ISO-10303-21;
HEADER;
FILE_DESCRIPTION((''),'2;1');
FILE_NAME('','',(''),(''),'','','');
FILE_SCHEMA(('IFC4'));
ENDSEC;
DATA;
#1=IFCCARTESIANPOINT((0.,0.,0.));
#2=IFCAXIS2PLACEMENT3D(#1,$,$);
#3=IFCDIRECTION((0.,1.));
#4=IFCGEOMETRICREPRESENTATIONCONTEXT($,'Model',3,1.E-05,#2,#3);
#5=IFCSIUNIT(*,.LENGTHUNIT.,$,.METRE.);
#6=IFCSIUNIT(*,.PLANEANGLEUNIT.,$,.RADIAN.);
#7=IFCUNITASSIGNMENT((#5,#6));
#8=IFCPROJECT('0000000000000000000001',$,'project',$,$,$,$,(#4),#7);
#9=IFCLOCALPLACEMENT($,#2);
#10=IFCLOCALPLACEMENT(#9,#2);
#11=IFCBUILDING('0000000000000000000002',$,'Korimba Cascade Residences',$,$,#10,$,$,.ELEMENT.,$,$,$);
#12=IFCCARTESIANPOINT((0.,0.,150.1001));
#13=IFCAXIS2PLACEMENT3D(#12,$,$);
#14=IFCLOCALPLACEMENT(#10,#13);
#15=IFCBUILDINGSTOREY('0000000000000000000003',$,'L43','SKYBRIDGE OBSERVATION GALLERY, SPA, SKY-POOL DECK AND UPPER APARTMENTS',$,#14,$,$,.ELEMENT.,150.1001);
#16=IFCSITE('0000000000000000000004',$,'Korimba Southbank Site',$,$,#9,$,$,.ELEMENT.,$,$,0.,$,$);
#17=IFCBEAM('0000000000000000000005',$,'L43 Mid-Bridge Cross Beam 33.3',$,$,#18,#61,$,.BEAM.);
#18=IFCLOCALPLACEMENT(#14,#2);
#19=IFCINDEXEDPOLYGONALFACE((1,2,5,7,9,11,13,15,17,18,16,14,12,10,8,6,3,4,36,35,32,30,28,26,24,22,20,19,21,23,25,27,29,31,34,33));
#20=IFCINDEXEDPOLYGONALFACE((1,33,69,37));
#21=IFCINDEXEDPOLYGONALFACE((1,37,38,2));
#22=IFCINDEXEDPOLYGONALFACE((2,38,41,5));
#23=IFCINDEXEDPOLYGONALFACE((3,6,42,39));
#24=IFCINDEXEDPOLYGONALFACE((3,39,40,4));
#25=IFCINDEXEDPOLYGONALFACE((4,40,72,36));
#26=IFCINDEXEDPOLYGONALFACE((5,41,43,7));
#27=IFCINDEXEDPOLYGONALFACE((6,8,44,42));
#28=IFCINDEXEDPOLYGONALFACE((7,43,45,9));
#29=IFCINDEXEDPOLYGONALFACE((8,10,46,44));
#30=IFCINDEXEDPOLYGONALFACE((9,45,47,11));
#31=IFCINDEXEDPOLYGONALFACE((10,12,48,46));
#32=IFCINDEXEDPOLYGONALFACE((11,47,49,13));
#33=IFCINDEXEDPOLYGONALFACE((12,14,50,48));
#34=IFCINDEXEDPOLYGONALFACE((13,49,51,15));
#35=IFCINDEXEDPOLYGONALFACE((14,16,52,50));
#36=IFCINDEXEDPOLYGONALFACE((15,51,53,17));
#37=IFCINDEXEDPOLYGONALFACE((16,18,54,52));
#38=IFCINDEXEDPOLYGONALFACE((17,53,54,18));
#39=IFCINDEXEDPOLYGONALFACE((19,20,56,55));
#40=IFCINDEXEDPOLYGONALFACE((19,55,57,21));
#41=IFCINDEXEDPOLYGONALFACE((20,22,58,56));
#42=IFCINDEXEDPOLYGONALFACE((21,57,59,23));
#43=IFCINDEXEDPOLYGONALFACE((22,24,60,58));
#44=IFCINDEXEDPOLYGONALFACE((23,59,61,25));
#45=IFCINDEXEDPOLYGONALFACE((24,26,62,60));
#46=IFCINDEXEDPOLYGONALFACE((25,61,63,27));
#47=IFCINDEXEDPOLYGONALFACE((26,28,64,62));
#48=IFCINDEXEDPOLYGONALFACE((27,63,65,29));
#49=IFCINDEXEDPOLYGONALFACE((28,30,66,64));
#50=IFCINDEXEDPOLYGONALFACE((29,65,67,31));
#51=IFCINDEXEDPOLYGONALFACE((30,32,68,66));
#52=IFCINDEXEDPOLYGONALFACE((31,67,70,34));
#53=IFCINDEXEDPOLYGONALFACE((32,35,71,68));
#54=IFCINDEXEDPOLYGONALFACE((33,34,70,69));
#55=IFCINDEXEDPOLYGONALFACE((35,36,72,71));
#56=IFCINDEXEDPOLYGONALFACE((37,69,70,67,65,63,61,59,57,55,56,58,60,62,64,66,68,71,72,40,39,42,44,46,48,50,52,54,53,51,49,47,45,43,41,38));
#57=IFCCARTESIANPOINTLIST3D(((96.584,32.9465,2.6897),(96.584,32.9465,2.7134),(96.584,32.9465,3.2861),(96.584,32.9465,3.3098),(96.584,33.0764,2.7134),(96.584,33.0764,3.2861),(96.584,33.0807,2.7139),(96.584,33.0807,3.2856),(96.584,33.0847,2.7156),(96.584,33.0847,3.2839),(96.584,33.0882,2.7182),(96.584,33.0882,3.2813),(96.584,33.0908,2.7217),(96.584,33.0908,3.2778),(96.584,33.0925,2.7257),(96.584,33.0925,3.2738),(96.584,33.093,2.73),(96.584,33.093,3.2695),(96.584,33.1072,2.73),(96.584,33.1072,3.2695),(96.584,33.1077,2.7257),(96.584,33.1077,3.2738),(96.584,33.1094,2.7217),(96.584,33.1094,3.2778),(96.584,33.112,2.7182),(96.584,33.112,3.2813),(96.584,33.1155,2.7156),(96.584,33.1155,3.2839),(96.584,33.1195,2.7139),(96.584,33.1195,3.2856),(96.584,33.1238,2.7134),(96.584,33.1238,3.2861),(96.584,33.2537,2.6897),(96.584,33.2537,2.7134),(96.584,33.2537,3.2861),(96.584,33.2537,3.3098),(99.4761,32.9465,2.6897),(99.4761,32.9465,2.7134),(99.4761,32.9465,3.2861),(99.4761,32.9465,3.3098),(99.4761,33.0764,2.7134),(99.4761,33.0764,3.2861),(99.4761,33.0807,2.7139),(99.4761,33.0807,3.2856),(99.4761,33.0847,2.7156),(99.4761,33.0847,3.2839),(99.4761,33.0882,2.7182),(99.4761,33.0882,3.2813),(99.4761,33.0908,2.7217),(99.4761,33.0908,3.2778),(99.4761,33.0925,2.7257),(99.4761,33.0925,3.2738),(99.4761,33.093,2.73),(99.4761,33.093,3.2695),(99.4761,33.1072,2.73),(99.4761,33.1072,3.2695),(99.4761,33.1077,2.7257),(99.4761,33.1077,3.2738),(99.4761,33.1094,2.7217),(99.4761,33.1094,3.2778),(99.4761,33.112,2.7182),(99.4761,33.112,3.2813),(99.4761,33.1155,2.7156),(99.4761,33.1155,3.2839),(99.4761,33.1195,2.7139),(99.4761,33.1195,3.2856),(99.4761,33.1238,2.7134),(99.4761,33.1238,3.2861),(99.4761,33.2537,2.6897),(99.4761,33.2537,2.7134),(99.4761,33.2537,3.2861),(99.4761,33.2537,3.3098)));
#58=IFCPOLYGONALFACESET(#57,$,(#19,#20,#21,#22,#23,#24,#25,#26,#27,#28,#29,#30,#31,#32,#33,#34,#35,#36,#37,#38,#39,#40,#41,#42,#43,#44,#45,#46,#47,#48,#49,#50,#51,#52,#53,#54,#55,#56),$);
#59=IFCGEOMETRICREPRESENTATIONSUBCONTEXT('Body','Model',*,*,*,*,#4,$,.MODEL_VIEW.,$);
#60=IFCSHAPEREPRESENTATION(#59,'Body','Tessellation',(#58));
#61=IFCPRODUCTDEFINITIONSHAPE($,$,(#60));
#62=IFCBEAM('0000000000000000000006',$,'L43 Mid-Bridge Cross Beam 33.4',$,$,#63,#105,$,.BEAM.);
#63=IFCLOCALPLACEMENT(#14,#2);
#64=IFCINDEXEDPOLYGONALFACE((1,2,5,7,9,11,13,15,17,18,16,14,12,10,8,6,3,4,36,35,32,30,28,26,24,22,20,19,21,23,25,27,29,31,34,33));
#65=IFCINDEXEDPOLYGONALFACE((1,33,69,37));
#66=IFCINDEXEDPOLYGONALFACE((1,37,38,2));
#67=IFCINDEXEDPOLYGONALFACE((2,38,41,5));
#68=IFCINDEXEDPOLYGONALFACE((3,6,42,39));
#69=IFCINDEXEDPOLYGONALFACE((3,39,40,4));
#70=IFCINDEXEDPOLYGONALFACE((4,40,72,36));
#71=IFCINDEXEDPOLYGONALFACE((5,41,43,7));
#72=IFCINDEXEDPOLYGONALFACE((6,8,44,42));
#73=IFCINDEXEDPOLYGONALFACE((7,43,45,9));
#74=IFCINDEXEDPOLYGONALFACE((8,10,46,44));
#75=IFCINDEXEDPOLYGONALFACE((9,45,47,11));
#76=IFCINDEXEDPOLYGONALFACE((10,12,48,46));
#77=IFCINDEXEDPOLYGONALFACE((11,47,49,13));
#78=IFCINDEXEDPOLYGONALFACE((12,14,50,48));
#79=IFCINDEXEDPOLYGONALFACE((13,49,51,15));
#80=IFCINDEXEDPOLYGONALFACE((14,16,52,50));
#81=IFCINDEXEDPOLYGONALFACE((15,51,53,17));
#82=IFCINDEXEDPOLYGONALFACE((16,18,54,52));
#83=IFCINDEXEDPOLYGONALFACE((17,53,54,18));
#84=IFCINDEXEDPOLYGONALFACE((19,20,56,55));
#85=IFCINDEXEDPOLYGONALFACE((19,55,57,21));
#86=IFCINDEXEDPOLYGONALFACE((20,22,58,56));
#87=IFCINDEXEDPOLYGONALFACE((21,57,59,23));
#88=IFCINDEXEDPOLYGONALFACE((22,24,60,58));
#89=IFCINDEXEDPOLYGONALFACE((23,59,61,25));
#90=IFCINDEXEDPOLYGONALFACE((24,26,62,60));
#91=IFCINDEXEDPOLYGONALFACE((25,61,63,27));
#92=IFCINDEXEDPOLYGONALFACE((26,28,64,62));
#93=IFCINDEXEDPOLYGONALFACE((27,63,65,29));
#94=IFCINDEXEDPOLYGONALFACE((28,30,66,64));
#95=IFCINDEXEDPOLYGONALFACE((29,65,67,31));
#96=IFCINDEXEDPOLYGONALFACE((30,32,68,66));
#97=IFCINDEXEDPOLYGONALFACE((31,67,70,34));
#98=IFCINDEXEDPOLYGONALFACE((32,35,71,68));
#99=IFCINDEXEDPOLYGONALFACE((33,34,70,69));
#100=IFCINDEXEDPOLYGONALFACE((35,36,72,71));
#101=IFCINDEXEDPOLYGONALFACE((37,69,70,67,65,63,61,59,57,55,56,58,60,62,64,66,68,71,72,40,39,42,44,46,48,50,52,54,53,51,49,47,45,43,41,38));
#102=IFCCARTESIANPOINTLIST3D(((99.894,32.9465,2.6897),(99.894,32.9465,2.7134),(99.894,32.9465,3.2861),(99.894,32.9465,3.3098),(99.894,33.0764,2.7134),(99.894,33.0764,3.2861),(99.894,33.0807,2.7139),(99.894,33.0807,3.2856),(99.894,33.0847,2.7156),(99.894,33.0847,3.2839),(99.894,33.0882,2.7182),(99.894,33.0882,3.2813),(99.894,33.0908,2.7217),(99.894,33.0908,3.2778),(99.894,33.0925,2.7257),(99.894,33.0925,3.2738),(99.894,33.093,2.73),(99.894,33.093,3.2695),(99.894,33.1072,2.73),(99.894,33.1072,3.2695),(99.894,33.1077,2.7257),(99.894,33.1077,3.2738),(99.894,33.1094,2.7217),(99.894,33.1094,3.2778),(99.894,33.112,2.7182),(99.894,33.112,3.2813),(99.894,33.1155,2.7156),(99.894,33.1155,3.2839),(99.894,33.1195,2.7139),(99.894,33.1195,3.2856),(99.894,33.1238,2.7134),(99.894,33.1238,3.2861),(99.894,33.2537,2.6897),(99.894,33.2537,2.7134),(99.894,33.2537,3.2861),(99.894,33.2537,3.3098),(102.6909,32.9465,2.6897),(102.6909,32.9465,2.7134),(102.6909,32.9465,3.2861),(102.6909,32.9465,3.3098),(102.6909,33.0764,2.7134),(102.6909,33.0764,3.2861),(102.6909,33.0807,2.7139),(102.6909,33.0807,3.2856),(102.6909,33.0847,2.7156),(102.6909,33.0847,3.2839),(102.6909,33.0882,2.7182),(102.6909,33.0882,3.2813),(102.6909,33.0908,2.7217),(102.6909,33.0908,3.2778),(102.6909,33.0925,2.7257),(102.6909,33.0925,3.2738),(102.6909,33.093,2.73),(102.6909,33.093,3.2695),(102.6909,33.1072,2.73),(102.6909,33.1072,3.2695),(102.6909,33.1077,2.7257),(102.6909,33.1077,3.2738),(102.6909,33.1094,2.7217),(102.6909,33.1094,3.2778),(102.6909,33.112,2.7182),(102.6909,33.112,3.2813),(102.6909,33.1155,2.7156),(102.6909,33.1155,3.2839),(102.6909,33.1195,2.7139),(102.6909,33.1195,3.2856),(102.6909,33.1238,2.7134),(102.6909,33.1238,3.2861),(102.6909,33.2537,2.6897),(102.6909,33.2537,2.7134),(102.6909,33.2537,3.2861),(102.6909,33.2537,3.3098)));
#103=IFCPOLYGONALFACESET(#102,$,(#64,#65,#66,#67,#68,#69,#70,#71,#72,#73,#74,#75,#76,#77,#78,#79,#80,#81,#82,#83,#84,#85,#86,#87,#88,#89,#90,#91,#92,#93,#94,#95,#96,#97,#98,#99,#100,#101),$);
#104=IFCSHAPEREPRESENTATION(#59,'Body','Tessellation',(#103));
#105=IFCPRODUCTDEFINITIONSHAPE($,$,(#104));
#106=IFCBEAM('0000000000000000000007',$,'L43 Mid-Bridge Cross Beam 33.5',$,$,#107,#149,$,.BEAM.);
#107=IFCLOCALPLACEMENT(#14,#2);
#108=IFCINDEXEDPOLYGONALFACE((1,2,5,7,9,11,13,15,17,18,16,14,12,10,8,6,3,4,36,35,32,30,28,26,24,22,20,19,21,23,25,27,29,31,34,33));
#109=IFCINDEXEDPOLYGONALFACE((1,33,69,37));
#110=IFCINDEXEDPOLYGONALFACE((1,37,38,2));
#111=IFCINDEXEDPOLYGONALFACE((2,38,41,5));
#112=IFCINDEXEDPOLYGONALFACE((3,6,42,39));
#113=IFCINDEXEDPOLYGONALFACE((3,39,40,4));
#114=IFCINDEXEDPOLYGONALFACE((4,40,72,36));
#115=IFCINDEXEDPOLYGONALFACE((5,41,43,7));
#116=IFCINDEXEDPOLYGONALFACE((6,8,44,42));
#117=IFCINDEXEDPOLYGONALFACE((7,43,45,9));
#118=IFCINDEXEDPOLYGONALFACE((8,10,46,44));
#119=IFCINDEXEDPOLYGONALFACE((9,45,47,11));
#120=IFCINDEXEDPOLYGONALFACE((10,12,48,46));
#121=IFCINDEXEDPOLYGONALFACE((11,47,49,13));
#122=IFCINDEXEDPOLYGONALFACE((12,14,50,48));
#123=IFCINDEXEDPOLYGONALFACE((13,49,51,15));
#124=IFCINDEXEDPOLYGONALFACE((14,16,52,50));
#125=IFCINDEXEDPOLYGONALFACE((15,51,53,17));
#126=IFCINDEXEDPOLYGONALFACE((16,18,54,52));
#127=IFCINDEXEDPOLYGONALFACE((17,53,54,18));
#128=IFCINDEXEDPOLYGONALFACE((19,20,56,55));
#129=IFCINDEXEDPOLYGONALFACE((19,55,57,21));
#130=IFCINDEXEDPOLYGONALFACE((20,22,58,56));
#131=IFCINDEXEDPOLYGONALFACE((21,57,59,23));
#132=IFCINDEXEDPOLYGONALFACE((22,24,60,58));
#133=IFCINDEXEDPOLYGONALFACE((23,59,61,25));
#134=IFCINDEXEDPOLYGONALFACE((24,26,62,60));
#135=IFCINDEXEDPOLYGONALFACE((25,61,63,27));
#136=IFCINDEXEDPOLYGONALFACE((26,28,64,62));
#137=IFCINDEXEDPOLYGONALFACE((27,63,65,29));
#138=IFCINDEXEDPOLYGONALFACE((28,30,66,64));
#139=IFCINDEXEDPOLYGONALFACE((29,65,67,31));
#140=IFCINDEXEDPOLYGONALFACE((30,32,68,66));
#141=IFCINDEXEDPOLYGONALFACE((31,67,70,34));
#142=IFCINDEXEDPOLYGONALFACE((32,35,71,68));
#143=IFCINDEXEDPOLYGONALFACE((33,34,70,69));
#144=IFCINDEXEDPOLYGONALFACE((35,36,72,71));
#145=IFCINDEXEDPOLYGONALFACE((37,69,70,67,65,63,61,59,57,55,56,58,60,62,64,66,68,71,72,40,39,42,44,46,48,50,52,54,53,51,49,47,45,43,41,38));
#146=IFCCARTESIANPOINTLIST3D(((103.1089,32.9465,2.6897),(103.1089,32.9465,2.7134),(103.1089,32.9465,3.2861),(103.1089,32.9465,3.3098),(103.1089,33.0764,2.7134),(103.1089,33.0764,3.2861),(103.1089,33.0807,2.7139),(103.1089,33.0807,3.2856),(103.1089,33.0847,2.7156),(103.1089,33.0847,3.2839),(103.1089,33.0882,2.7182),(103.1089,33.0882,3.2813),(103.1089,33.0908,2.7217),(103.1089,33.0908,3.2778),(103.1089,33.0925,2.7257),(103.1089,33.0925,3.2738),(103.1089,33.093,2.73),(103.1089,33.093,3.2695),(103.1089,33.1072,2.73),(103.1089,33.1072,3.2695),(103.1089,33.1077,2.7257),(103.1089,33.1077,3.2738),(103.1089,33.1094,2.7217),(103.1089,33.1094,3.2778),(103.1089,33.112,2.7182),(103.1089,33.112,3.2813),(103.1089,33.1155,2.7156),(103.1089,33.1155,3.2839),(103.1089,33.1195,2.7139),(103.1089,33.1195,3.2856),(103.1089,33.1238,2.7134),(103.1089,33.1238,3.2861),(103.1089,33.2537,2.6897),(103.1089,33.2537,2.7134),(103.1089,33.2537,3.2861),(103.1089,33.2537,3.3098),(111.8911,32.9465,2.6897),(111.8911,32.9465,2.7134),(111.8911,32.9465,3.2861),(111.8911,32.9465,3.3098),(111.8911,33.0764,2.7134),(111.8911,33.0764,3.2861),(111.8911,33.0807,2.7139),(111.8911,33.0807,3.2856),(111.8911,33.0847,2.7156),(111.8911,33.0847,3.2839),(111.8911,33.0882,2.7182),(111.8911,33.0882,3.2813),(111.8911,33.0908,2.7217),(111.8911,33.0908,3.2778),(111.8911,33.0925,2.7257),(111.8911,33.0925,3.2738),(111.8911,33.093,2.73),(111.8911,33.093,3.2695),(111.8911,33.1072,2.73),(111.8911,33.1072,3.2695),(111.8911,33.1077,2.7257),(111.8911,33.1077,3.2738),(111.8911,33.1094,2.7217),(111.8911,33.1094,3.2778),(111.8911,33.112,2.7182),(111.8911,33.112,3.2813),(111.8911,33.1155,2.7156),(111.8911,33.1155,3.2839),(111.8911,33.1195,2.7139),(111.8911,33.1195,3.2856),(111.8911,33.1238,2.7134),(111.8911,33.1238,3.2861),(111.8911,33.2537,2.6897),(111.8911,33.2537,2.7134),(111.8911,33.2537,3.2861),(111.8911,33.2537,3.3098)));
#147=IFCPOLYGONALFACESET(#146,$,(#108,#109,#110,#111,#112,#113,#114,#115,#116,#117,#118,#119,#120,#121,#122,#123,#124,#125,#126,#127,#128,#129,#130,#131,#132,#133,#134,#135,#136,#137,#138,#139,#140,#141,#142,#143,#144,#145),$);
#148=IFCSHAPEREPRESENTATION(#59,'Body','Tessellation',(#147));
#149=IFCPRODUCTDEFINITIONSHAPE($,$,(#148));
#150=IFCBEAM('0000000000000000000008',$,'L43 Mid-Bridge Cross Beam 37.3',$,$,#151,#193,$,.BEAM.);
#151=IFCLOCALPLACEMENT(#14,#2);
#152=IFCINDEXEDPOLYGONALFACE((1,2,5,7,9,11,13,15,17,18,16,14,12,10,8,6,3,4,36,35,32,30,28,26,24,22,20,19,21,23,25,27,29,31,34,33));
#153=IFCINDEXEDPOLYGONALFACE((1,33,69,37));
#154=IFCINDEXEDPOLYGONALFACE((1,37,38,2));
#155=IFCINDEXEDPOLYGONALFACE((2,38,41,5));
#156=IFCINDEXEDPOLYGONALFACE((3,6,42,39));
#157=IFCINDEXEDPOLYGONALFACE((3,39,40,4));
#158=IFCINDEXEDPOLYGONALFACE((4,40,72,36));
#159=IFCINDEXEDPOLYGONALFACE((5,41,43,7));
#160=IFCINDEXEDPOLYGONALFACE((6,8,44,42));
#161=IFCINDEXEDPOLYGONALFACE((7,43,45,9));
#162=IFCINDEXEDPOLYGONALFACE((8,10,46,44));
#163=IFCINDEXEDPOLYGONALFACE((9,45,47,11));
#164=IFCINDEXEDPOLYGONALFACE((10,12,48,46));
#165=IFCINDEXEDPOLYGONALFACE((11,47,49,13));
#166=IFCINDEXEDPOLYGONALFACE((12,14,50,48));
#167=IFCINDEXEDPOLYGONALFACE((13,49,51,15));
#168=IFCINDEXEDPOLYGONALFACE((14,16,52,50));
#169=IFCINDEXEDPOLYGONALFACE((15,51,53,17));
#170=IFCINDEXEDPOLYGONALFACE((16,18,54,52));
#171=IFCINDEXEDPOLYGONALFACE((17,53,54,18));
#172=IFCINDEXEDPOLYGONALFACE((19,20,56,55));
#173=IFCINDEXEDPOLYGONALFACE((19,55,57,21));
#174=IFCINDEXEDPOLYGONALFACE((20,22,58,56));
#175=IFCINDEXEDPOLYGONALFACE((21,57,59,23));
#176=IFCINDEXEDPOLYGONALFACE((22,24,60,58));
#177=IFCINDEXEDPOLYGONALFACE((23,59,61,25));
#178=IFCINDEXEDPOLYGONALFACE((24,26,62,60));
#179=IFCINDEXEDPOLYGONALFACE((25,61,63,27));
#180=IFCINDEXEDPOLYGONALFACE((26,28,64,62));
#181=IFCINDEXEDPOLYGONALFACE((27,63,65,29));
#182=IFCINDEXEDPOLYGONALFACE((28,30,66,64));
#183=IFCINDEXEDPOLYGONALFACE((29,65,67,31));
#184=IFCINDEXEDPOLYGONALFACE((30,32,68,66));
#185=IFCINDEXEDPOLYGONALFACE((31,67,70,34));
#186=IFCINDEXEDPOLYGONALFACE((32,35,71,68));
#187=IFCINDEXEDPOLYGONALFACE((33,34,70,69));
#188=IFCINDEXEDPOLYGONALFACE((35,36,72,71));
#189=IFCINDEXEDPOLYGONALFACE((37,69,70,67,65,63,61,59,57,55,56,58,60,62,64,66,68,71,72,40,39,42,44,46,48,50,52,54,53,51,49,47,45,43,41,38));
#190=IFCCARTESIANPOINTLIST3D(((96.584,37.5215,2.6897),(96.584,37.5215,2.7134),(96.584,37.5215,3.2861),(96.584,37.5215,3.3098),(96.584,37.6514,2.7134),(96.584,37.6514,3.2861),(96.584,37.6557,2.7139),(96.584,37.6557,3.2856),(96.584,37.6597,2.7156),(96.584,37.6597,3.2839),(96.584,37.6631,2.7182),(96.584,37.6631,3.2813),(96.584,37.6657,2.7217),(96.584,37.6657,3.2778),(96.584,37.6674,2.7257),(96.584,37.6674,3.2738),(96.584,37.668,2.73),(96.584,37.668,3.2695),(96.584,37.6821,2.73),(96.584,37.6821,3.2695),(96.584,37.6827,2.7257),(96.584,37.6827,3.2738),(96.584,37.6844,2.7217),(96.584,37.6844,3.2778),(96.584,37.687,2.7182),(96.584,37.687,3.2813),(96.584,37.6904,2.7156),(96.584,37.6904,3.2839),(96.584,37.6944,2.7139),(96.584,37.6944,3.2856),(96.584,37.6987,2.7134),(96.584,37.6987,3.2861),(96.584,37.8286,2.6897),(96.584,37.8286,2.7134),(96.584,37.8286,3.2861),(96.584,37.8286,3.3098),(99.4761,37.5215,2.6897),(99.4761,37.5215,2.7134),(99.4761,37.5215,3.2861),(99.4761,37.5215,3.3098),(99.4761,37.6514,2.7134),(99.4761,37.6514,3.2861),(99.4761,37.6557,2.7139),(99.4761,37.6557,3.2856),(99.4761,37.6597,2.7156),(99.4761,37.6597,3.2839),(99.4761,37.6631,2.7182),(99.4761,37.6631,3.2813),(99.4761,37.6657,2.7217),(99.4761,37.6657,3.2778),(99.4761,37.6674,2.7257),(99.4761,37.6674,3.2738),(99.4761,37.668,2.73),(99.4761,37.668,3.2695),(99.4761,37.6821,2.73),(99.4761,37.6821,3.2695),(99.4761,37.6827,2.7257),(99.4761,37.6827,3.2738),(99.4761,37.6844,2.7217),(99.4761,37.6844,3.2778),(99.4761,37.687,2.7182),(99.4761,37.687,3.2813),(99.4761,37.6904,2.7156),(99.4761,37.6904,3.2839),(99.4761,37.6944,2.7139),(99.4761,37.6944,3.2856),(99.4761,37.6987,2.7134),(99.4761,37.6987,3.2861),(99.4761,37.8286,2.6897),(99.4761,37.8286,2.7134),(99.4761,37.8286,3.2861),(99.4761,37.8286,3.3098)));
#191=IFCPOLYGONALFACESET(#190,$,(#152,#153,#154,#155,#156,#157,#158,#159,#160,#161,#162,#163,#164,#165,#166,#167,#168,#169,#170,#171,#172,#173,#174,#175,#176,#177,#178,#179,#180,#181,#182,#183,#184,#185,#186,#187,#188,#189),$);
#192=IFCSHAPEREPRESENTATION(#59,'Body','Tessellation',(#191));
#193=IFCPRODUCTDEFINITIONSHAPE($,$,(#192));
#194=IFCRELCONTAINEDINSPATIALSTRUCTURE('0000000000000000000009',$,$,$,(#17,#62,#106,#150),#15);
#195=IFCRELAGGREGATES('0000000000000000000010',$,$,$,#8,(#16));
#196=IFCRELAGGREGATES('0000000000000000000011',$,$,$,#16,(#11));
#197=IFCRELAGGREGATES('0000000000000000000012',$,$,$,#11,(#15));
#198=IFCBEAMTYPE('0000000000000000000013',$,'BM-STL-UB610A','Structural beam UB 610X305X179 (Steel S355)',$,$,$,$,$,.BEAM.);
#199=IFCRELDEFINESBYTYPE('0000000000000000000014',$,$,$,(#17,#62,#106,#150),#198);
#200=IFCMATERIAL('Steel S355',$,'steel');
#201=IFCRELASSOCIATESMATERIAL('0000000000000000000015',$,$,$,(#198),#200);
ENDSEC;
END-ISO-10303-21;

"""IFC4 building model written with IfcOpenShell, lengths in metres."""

from ifc_helpers import new_model, si_unit, direction, frame, origin, origin_2d, place, context, subcontext, project, spatial, i_section, extrude, material, material_profile, profile_set, type_object, element, save


model = new_model("IFC4")

# Units and contexts
model_context = context("Model", 3, precision=1e-05, world=origin(), true_north=direction((0.0, 1.0)))
body_context = subcontext(model_context, "Body", "Model", "MODEL_VIEW")
ifc_project = project(units=[si_unit("LENGTHUNIT", "METRE"), si_unit("PLANEANGLEUNIT", "RADIAN")], contexts=[model_context])

# Site, building, storey
site_placement = place(None, origin())
site = spatial("IfcSite", under=ifc_project, at=site_placement, Name="Korimba Southbank Site", CompositionType="ELEMENT", RefElevation=0.0)
building_placement = place(site_placement, origin())
building = spatial("IfcBuilding", under=site, at=building_placement, Name="Korimba Cascade Residences", CompositionType="ELEMENT")
storey_placement = place(building_placement, frame((0.0, 0.0, 150.1001)))
storey = spatial("IfcBuildingStorey", under=building, at=storey_placement, Name="L43", Description="SKYBRIDGE OBSERVATION GALLERY, SPA, SKY-POOL DECK AND UPPER APARTMENTS", CompositionType="ELEMENT", Elevation=150.1001)

# Beams
ifc_material_1 = material(Name="Steel S355", Category="steel")
ifc_material_profile_1 = material_profile(ifc_material_1, i_section(OverallWidth=0.3071, OverallDepth=0.6201, WebThickness=0.0142, FlangeThickness=0.0237, FilletRadius=0.0166, at=origin_2d()), Name="Steel S355")
ifc_profile_set_1 = profile_set([ifc_material_profile_1], Name="Steel S355")
beam_type = type_object("IfcBeamType", Name="BM-STL-UB610A", Description="Structural beam UB 610X305X179 (Steel S355)", PredefinedType="BEAM", material=ifc_profile_set_1)
beam_1_placement = place(storey_placement, frame((96.584, 33.1001, 2.9998), z_axis=(1.0, 0.0, 0.0), x_axis=(0.0, 1.0, 0.0)))
element("IfcBeam", 1, at=beam_1_placement, inside=storey, type_object=beam_type, Name="L43 Mid-Bridge Cross Beam 33.3", PredefinedType="BEAM", context=body_context, shape_type="SweptSolid", body=[
    extrude(i_section(OverallWidth=0.3071, OverallDepth=0.6201, WebThickness=0.0142, FlangeThickness=0.0237, FilletRadius=0.0166, at=origin_2d()), origin(), (0.0, 0.0, 1.0), 2.8921),
])
beam_2_placement = place(storey_placement, frame((99.894, 33.1001, 2.9998), z_axis=(1.0, 0.0, 0.0), x_axis=(0.0, 1.0, 0.0)))
element("IfcBeam", 2, at=beam_2_placement, inside=storey, type_object=beam_type, Name="L43 Mid-Bridge Cross Beam 33.4", PredefinedType="BEAM", context=body_context, shape_type="SweptSolid", body=[
    extrude(i_section(OverallWidth=0.3071, OverallDepth=0.6201, WebThickness=0.0142, FlangeThickness=0.0237, FilletRadius=0.0166, at=origin_2d()), origin(), (0.0, 0.0, 1.0), 2.7969),
])
beam_3_placement = place(storey_placement, frame((103.1089, 33.1001, 2.9998), z_axis=(1.0, 0.0, 0.0), x_axis=(0.0, 1.0, 0.0)))
element("IfcBeam", 3, at=beam_3_placement, inside=storey, type_object=beam_type, Name="L43 Mid-Bridge Cross Beam 33.5", PredefinedType="BEAM", context=body_context, shape_type="SweptSolid", body=[
    extrude(i_section(OverallWidth=0.3071, OverallDepth=0.6201, WebThickness=0.0142, FlangeThickness=0.0237, FilletRadius=0.0166, at=origin_2d()), origin(), (0.0, 0.0, 1.0), 8.7822),
])
beam_4_placement = place(storey_placement, frame((96.584, 37.675, 2.9998), z_axis=(1.0, 0.0, 0.0), x_axis=(0.0, 1.0, 0.0)))
element("IfcBeam", 4, at=beam_4_placement, inside=storey, type_object=beam_type, Name="L43 Mid-Bridge Cross Beam 37.3", PredefinedType="BEAM", context=body_context, shape_type="SweptSolid", body=[
    extrude(i_section(OverallWidth=0.3071, OverallDepth=0.6201, WebThickness=0.0142, FlangeThickness=0.0237, FilletRadius=0.0166, at=origin_2d()), origin(), (0.0, 0.0, 1.0), 2.8921),
])

save(model, "model.ifc")
